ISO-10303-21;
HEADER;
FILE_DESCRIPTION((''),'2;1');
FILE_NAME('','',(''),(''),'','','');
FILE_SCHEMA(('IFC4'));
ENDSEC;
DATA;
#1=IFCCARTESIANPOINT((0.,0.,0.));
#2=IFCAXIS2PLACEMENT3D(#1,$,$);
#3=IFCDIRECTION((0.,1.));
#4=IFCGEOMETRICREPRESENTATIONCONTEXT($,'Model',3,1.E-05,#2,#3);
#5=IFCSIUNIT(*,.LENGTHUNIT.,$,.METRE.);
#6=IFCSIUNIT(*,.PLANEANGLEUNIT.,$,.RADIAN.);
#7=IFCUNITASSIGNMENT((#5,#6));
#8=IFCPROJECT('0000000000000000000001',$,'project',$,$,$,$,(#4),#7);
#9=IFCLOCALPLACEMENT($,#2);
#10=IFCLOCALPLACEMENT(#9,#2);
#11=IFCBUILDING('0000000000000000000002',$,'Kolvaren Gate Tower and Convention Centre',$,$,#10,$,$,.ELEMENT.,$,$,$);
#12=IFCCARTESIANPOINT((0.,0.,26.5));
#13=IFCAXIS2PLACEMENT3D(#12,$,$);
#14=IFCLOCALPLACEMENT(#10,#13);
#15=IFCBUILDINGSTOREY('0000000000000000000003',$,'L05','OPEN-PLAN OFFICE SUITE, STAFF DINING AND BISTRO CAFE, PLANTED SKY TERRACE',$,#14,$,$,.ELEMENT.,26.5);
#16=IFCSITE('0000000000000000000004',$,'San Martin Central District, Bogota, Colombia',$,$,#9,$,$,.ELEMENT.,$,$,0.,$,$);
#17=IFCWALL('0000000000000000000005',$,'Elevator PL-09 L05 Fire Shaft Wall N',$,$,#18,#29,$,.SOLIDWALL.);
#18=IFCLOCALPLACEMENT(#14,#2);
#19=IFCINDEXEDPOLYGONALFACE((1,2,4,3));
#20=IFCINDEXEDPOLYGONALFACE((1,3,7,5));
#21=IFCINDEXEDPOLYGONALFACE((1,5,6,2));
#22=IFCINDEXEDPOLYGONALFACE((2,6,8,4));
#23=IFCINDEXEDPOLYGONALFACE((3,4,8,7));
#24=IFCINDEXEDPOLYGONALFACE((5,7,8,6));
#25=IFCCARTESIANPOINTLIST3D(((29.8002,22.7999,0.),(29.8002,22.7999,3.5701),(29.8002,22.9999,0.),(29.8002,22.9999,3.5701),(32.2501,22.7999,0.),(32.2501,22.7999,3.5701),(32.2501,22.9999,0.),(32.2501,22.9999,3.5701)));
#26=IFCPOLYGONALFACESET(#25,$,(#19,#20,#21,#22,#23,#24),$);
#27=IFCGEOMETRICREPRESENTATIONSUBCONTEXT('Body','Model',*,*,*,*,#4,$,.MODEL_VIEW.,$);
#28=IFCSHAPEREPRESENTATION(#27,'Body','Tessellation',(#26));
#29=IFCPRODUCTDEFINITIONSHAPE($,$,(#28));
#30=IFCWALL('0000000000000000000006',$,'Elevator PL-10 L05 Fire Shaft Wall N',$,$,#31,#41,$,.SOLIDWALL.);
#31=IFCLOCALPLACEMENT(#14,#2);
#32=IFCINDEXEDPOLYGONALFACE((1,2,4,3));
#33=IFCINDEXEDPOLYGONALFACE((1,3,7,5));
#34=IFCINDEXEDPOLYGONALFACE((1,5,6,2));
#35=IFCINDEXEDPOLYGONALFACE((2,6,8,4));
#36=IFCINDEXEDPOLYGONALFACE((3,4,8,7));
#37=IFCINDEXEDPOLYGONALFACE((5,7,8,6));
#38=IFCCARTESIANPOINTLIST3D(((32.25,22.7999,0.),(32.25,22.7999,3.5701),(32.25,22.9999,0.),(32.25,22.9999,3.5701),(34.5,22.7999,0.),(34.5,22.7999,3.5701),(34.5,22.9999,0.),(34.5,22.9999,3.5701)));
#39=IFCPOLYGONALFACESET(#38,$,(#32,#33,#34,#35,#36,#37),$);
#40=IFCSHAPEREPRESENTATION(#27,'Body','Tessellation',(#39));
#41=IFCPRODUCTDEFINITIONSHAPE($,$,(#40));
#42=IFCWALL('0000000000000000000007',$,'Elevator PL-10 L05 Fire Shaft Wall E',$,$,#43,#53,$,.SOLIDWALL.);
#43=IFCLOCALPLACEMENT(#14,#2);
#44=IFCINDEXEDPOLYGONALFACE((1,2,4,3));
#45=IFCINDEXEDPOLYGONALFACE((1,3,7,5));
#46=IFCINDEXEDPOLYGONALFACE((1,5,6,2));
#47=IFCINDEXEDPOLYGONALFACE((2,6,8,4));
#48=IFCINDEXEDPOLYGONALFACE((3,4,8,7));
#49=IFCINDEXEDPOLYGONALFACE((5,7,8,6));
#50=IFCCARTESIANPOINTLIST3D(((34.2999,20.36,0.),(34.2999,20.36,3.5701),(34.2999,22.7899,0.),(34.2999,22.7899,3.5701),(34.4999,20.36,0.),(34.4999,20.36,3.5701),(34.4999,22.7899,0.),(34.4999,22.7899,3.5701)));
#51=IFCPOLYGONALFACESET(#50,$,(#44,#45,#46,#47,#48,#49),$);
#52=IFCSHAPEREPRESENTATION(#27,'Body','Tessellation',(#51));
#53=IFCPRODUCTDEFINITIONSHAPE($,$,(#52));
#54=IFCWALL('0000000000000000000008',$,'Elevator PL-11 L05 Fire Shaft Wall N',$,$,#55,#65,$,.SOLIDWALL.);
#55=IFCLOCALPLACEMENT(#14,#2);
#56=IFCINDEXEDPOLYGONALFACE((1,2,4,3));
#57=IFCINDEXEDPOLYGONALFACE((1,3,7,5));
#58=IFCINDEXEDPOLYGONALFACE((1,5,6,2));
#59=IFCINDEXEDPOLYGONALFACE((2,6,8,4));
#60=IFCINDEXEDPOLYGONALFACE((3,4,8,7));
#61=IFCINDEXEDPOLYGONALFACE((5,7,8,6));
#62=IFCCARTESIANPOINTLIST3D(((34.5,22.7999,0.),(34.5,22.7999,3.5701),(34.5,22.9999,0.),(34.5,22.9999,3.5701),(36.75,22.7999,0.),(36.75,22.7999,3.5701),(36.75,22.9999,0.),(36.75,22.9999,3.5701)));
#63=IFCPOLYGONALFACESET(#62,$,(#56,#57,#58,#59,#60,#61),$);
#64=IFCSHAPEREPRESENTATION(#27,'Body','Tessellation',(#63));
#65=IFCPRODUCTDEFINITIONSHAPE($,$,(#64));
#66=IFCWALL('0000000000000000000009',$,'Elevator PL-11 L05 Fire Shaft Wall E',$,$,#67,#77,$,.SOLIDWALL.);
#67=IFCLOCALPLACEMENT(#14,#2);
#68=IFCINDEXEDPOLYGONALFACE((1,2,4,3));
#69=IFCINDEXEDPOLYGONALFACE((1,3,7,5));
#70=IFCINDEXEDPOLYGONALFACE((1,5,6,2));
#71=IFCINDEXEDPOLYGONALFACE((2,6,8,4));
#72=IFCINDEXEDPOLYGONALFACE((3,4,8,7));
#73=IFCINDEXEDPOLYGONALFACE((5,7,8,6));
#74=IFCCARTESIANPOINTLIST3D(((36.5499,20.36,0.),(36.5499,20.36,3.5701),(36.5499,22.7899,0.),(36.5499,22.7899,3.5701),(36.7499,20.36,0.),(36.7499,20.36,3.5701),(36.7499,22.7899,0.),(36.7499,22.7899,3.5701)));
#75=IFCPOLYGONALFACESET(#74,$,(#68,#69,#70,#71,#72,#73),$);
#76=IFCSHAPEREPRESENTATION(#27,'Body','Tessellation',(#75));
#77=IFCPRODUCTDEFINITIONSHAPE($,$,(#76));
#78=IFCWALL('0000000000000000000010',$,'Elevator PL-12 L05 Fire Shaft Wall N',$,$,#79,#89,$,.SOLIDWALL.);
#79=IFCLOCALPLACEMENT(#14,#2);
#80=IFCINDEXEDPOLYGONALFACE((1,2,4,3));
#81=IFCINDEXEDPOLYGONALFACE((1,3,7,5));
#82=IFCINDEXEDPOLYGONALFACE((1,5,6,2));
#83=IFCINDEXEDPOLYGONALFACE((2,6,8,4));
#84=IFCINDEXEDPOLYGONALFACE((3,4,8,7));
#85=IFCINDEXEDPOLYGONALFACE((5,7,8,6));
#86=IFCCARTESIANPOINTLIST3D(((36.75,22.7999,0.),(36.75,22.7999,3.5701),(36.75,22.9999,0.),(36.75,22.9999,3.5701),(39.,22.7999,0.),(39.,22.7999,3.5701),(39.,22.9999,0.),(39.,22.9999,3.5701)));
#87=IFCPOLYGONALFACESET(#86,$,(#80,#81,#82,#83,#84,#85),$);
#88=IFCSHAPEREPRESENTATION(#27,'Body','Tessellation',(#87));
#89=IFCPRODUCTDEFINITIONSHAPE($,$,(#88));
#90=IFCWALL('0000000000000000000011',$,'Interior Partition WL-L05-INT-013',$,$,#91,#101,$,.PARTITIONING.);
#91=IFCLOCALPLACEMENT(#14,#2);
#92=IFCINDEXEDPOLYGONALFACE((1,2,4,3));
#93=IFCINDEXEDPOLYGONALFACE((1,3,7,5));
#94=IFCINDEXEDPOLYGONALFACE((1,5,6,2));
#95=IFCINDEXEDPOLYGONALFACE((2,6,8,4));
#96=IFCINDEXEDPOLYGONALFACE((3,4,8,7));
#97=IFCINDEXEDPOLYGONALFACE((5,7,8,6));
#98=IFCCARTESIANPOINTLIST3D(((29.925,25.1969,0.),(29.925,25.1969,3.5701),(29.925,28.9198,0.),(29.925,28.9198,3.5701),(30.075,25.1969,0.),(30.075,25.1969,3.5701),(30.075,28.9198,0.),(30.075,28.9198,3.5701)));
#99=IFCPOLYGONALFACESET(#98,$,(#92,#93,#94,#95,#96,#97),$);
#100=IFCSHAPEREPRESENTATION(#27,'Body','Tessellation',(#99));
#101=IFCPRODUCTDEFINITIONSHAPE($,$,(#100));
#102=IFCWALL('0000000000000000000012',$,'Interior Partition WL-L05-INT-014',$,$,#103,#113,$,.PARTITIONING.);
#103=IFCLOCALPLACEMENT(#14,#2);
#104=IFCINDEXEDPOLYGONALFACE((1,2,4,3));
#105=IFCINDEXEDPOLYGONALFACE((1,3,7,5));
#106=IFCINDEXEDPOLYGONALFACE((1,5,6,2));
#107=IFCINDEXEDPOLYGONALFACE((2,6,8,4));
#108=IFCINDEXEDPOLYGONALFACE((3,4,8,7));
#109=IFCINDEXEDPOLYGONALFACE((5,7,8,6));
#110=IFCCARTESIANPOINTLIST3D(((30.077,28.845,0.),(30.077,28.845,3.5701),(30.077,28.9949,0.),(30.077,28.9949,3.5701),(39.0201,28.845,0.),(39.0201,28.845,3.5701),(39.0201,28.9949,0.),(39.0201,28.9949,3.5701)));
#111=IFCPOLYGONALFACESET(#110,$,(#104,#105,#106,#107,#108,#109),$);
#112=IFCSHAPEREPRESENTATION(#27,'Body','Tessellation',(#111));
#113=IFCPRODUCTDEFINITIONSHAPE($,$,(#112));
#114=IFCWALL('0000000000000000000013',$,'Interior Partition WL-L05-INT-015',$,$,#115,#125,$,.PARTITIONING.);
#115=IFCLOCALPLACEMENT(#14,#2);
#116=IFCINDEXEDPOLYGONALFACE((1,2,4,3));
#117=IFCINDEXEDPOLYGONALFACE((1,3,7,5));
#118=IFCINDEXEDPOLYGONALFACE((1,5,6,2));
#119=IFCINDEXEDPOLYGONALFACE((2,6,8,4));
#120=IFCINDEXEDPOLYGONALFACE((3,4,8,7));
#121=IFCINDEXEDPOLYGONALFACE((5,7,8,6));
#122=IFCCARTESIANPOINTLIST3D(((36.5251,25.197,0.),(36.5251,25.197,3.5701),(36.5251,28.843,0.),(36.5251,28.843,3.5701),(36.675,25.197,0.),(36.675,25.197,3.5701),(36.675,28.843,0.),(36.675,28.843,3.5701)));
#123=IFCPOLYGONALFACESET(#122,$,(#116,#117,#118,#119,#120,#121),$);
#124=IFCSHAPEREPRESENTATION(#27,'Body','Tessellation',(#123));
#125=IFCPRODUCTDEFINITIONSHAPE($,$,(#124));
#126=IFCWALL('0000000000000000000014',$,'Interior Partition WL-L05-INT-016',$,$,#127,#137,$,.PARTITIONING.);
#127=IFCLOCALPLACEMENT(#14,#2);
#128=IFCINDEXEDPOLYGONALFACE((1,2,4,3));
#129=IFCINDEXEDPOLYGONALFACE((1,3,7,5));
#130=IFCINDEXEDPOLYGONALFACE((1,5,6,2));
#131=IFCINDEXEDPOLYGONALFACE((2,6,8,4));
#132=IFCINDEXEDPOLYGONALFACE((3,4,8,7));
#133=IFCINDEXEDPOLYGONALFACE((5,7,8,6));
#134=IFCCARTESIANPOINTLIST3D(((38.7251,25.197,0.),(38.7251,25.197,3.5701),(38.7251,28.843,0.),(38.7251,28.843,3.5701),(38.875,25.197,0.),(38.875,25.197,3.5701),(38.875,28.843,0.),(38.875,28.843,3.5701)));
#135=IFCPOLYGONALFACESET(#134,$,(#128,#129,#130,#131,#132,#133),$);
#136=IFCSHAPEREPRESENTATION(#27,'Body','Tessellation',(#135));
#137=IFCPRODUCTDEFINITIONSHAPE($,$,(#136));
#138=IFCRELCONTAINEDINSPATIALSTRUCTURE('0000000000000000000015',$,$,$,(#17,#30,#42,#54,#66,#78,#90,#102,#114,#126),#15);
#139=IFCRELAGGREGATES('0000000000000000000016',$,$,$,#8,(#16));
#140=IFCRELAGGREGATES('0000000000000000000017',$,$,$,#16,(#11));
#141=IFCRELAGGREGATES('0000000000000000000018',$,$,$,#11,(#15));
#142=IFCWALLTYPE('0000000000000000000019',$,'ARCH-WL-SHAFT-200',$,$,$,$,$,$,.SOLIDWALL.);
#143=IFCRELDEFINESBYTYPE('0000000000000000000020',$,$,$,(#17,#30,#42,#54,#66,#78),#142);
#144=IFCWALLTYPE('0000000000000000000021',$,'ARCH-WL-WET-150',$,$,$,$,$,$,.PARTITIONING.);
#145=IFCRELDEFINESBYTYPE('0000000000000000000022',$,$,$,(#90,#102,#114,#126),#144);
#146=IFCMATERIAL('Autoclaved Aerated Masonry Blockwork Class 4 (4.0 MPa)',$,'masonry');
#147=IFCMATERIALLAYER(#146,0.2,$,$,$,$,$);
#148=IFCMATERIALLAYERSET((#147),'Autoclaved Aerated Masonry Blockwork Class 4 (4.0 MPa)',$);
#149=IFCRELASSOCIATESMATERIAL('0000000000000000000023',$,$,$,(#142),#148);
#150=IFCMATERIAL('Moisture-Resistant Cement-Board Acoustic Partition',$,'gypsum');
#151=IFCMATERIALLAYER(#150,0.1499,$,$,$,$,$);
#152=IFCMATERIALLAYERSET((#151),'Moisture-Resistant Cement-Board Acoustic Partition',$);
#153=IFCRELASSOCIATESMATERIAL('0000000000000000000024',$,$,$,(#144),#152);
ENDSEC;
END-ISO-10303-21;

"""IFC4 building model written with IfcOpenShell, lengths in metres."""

from ifc_helpers import new_model, si_unit, direction, frame, frame_2d, origin, place, context, subcontext, project, spatial, rectangle, extrude, material, layer, layer_set, type_object, element, save


model = new_model("IFC4")

# Units and contexts
model_context = context("Model", 3, precision=1e-05, world=origin(), true_north=direction((0.0, 1.0)))
body_context = subcontext(model_context, "Body", "Model", "MODEL_VIEW")
ifc_project = project(units=[si_unit("LENGTHUNIT", "METRE"), si_unit("PLANEANGLEUNIT", "RADIAN")], contexts=[model_context])

# Site, building, storey
site_placement = place(None, origin())
site = spatial("IfcSite", under=ifc_project, at=site_placement, Name="San Martin Central District, Bogota, Colombia", CompositionType="ELEMENT", RefElevation=0.0)
building_placement = place(site_placement, origin())
building = spatial("IfcBuilding", under=site, at=building_placement, Name="Kolvaren Gate Tower and Convention Centre", CompositionType="ELEMENT")
storey_placement = place(building_placement, frame((0.0, 0.0, 26.5)))
storey = spatial("IfcBuildingStorey", under=building, at=storey_placement, Name="L05", Description="OPEN-PLAN OFFICE SUITE, STAFF DINING AND BISTRO CAFE, PLANTED SKY TERRACE", CompositionType="ELEMENT", Elevation=26.5)

# Shared definitions
ifc_material_1 = material(Name="Autoclaved Aerated Masonry Blockwork Class 4 (4.0 MPa)", Category="masonry")
ifc_layer_1 = layer(ifc_material_1, 0.2)
ifc_layer_set_1 = layer_set([ifc_layer_1], Name="Autoclaved Aerated Masonry Blockwork Class 4 (4.0 MPa)")
wall_type_1 = type_object("IfcWallType", Name="ARCH-WL-SHAFT-200", PredefinedType="SOLIDWALL", material=ifc_layer_set_1)

# Walls
wall_1_placement = place(storey_placement, frame((29.8, 22.8999, 0.0), z_axis=(0.0, 0.0, 1.0), x_axis=(1.0, 0.0, 0.0)))
element("IfcWall", 1, at=wall_1_placement, inside=storey, type_object=wall_type_1, Name="Elevator PL-09 L05 Fire Shaft Wall N", PredefinedType="SOLIDWALL", context=body_context, shape_type="SweptSolid", body=[
    extrude(rectangle(XDim=2.45, YDim=0.2, at=frame_2d((1.2251, 0.0))), origin(), (0.0, 0.0, 1.0), 3.5701),
])
wall_2_placement = place(storey_placement, frame((32.25, 22.8999, 0.0), z_axis=(0.0, 0.0, 1.0), x_axis=(1.0, 0.0, 0.0)))
element("IfcWall", 2, at=wall_2_placement, inside=storey, type_object=wall_type_1, Name="Elevator PL-10 L05 Fire Shaft Wall N", PredefinedType="SOLIDWALL", context=body_context, shape_type="SweptSolid", body=[
    extrude(rectangle(XDim=2.25, YDim=0.2, at=frame_2d((1.125, 0.0))), origin(), (0.0, 0.0, 1.0), 3.5701),
])
wall_3_placement = place(storey_placement, frame((34.3999, 20.3601, 0.0), z_axis=(0.0, 0.0, 1.0), x_axis=(0.0, 1.0, 0.0)))
element("IfcWall", 3, at=wall_3_placement, inside=storey, type_object=wall_type_1, Name="Elevator PL-10 L05 Fire Shaft Wall E", PredefinedType="SOLIDWALL", context=body_context, shape_type="SweptSolid", body=[
    extrude(rectangle(XDim=2.4299, YDim=0.2, at=frame_2d((1.2148, 0.0))), origin(), (0.0, 0.0, 1.0), 3.5701),
])
wall_4_placement = place(storey_placement, frame((34.5, 22.8999, 0.0), z_axis=(0.0, 0.0, 1.0), x_axis=(1.0, 0.0, 0.0)))
element("IfcWall", 4, at=wall_4_placement, inside=storey, type_object=wall_type_1, Name="Elevator PL-11 L05 Fire Shaft Wall N", PredefinedType="SOLIDWALL", context=body_context, shape_type="SweptSolid", body=[
    extrude(rectangle(XDim=2.25, YDim=0.2, at=frame_2d((1.125, 0.0))), origin(), (0.0, 0.0, 1.0), 3.5701),
])
wall_5_placement = place(storey_placement, frame((36.6499, 20.3601, 0.0), z_axis=(0.0, 0.0, 1.0), x_axis=(0.0, 1.0, 0.0)))
element("IfcWall", 5, at=wall_5_placement, inside=storey, type_object=wall_type_1, Name="Elevator PL-11 L05 Fire Shaft Wall E", PredefinedType="SOLIDWALL", context=body_context, shape_type="SweptSolid", body=[
    extrude(rectangle(XDim=2.4299, YDim=0.2, at=frame_2d((1.2148, 0.0))), origin(), (0.0, 0.0, 1.0), 3.5701),
])
wall_6_placement = place(storey_placement, frame((36.75, 22.8999, 0.0), z_axis=(0.0, 0.0, 1.0), x_axis=(1.0, 0.0, 0.0)))
element("IfcWall", 6, at=wall_6_placement, inside=storey, type_object=wall_type_1, Name="Elevator PL-12 L05 Fire Shaft Wall N", PredefinedType="SOLIDWALL", context=body_context, shape_type="SweptSolid", body=[
    extrude(rectangle(XDim=2.25, YDim=0.2, at=frame_2d((1.125, 0.0))), origin(), (0.0, 0.0, 1.0), 3.5701),
])
ifc_material_2 = material(Name="Moisture-Resistant Cement-Board Acoustic Partition", Category="gypsum")
ifc_layer_2 = layer(ifc_material_2, 0.1499)
ifc_layer_set_2 = layer_set([ifc_layer_2], Name="Moisture-Resistant Cement-Board Acoustic Partition")
wall_type_2 = type_object("IfcWallType", Name="ARCH-WL-WET-150", PredefinedType="PARTITIONING", material=ifc_layer_set_2)
wall_7_placement = place(storey_placement, frame((30.0, 25.197, 0.0), z_axis=(0.0, 0.0, 1.0), x_axis=(0.0, 1.0, 0.0)))
element("IfcWall", 7, at=wall_7_placement, inside=storey, type_object=wall_type_2, Name="Interior Partition WL-L05-INT-013", PredefinedType="PARTITIONING", context=body_context, shape_type="SweptSolid", body=[
    extrude(rectangle(XDim=3.7229, YDim=0.1499, at=frame_2d((1.8613, 0.0))), origin(), (0.0, 0.0, 1.0), 3.5701),
])
wall_8_placement = place(storey_placement, frame((30.0769, 28.9199, 0.0), z_axis=(0.0, 0.0, 1.0), x_axis=(1.0, 0.0, 0.0)))
element("IfcWall", 8, at=wall_8_placement, inside=storey, type_object=wall_type_2, Name="Interior Partition WL-L05-INT-014", PredefinedType="PARTITIONING", context=body_context, shape_type="SweptSolid", body=[
    extrude(rectangle(XDim=8.9431, YDim=0.1499, at=frame_2d((4.4717, 0.0))), origin(), (0.0, 0.0, 1.0), 3.5701),
])
for number, where, z_axis, x_axis, name in (
    (9, (36.6001, 25.197, 0.0), (0.0, 0.0, 1.0), (0.0, 1.0, 0.0), "Interior Partition WL-L05-INT-015"),
    (10, (38.8, 25.197, 0.0), (0.0, 0.0, 1.0), (0.0, 1.0, 0.0), "Interior Partition WL-L05-INT-016"),
):
    element("IfcWall", number, at=place(storey_placement, frame(where, z_axis=z_axis, x_axis=x_axis)), inside=storey, type_object=wall_type_2, Name=name, PredefinedType="PARTITIONING", context=body_context, shape_type="SweptSolid", body=[
        extrude(rectangle(XDim=3.646, YDim=0.1499, at=frame_2d((1.823, 0.0))), origin(), (0.0, 0.0, 1.0), 3.5701),
    ])

save(model, "model.ifc")
